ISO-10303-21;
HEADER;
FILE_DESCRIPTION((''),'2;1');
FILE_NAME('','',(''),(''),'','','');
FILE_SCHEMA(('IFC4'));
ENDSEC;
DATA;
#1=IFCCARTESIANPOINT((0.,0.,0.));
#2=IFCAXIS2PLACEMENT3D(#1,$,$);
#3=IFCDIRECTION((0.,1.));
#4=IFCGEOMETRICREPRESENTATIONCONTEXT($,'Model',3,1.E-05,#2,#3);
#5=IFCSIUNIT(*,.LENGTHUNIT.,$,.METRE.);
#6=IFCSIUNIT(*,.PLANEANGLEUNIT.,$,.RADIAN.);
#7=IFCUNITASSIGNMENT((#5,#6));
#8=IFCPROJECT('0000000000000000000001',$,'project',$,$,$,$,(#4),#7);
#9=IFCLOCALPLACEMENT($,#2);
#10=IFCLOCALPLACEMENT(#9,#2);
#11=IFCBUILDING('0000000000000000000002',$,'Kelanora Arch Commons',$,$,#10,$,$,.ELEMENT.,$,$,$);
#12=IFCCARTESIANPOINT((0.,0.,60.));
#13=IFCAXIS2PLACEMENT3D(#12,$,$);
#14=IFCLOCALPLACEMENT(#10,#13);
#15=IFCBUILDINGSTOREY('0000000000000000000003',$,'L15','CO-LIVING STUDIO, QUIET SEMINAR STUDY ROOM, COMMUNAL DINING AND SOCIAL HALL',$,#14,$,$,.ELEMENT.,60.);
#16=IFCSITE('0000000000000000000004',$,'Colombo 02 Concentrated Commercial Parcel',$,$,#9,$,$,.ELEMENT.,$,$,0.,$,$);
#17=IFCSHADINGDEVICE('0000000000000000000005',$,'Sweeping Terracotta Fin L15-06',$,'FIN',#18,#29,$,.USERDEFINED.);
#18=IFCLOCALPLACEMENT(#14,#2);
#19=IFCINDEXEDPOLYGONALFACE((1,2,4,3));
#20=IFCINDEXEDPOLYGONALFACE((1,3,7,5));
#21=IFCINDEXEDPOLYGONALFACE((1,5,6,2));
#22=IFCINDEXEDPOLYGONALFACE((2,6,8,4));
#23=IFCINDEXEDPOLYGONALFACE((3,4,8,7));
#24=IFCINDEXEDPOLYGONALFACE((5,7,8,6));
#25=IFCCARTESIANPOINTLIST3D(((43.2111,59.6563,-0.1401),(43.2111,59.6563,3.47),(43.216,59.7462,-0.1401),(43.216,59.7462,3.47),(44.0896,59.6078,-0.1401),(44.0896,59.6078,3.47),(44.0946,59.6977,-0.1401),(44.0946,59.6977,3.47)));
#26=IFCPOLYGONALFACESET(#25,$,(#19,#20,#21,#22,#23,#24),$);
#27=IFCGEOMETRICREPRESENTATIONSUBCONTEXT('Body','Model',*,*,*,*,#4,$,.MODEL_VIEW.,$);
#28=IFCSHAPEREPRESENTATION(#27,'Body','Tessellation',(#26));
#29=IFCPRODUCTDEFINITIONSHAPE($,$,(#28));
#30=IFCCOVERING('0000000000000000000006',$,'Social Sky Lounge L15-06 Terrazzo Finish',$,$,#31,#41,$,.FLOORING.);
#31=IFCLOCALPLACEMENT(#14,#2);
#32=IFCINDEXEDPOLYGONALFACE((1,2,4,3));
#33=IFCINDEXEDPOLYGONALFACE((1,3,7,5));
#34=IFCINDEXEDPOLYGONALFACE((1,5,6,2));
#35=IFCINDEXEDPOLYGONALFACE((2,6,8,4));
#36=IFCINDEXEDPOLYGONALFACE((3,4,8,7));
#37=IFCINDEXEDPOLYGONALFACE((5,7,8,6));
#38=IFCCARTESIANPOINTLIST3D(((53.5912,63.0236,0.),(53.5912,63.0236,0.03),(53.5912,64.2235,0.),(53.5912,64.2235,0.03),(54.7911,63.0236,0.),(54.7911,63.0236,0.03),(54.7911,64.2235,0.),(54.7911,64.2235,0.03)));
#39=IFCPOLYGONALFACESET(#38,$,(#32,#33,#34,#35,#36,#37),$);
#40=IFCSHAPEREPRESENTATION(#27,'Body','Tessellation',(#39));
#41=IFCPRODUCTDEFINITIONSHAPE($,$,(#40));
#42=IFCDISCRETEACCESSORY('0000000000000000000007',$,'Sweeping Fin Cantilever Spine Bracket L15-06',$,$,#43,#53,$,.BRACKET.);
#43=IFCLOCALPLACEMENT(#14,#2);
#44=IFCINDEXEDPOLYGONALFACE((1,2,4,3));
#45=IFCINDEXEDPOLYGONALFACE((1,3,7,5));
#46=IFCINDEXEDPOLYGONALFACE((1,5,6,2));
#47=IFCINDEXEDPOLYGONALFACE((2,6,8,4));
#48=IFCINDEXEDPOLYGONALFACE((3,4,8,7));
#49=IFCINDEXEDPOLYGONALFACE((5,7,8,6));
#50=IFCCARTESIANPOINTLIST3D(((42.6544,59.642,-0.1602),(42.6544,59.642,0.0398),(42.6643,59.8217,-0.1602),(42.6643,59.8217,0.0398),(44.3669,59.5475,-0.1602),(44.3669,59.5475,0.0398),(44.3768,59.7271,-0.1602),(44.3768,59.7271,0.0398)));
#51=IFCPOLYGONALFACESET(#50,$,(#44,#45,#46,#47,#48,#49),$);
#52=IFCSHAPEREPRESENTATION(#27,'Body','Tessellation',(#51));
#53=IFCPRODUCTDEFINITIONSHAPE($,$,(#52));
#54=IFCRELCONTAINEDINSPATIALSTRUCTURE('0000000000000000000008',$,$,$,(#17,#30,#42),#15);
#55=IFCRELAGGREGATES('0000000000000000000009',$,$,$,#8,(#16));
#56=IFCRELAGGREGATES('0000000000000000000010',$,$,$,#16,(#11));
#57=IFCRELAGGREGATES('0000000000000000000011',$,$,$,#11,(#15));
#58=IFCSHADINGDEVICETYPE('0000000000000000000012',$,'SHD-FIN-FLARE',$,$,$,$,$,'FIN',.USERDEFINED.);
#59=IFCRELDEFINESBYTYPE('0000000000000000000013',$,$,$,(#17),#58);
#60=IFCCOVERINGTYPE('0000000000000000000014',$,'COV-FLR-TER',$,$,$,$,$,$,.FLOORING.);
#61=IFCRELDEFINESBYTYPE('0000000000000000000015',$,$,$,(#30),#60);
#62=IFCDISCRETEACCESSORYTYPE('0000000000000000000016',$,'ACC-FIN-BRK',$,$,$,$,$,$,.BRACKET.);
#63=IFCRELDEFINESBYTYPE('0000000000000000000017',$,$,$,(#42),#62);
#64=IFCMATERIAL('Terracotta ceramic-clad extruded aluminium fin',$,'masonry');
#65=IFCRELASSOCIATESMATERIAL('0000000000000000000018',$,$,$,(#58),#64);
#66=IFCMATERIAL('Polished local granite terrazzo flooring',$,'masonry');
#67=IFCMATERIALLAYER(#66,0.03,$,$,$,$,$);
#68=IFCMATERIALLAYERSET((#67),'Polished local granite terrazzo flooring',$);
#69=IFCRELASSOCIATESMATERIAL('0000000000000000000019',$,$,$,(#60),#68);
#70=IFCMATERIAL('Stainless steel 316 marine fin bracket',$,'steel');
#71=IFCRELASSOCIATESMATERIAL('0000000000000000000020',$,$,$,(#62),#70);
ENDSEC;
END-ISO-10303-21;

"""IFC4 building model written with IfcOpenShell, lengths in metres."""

from ifc_helpers import new_model, si_unit, direction, frame, origin, origin_2d, place, context, subcontext, project, spatial, rectangle, extrude, source, transform, mapped, material, layer, layer_set, type_object, element, save


model = new_model("IFC4")

# Units and contexts
model_context = context("Model", 3, precision=1e-05, world=origin(), true_north=direction((0.0, 1.0)))
body_context = subcontext(model_context, "Body", "Model", "MODEL_VIEW")
ifc_project = project(units=[si_unit("LENGTHUNIT", "METRE"), si_unit("PLANEANGLEUNIT", "RADIAN")], contexts=[model_context])

# Site, building, storey
site_placement = place(None, origin())
site = spatial("IfcSite", under=ifc_project, at=site_placement, Name="Colombo 02 Concentrated Commercial Parcel", CompositionType="ELEMENT", RefElevation=0.0)
building_placement = place(site_placement, origin())
building = spatial("IfcBuilding", under=site, at=building_placement, Name="Kelanora Arch Commons", CompositionType="ELEMENT")
storey_placement = place(building_placement, frame((0.0, 0.0, 60.0)))
storey = spatial("IfcBuildingStorey", under=building, at=storey_placement, Name="L15", Description="CO-LIVING STUDIO, QUIET SEMINAR STUDY ROOM, COMMUNAL DINING AND SOCIAL HALL", CompositionType="ELEMENT", Elevation=60.0)

# Shading device
ifc_material_1 = material(Name="Terracotta ceramic-clad extruded aluminium fin", Category="masonry")
shading_device_type = type_object("IfcShadingDeviceType", Name="SHD-FIN-FLARE", ElementType="FIN", PredefinedType="USERDEFINED", material=ifc_material_1)
shared_shape_1 = source(origin(), body_context, "Body", "SweptSolid", [
    extrude(rectangle(XDim=0.8799, YDim=0.0901, at=origin_2d()), origin(), (0.0, 0.0, 1.0), 3.6101),
])
shading_device_placement = place(storey_placement, frame((43.6528, 59.677, -0.1401), z_axis=(0.0, 0.0, 1.0), x_axis=(-0.998479, 0.055124, 0.0)))
element("IfcShadingDevice", 1, at=shading_device_placement, inside=storey, type_object=shading_device_type, Name="Sweeping Terracotta Fin L15-06", ObjectType="FIN", PredefinedType="USERDEFINED", context=body_context, shape_type="MappedRepresentation", body=[
    mapped(shared_shape_1, transform((0.0, 0.0, 0.0), scale=1.0)),
])

# Covering
ifc_material_2 = material(Name="Polished local granite terrazzo flooring", Category="masonry")
ifc_layer_1 = layer(ifc_material_2, 0.03)
ifc_layer_set_1 = layer_set([ifc_layer_1], Name="Polished local granite terrazzo flooring")
covering_type = type_object("IfcCoveringType", Name="COV-FLR-TER", PredefinedType="FLOORING", material=ifc_layer_set_1)
shared_shape_2 = source(origin(), body_context, "Body", "SweptSolid", [
    extrude(rectangle(XDim=1.2, YDim=1.2, at=origin_2d()), origin(), (0.0, 0.0, 1.0), 0.03),
])
covering_placement = place(storey_placement, frame((54.1912, 63.6235, 0.0), z_axis=(0.0, 0.0, 1.0), x_axis=(1.0, 0.0, 0.0)))
element("IfcCovering", 2, at=covering_placement, inside=storey, type_object=covering_type, Name="Social Sky Lounge L15-06 Terrazzo Finish", PredefinedType="FLOORING", context=body_context, shape_type="MappedRepresentation", body=[
    mapped(shared_shape_2, transform((0.0, 0.0, 0.0), scale=1.0)),
])

# Discrete accessory
ifc_material_3 = material(Name="Stainless steel 316 marine fin bracket", Category="steel")
discrete_accessory_type = type_object("IfcDiscreteAccessoryType", Name="ACC-FIN-BRK", PredefinedType="BRACKET", material=ifc_material_3)
shared_shape_3 = source(origin(), body_context, "Body", "SweptSolid", [
    extrude(rectangle(XDim=1.7151, YDim=0.1799, at=origin_2d()), origin(), (0.0, 0.0, 1.0), 0.2),
])
discrete_accessory_placement = place(storey_placement, frame((43.5156, 59.6846, -0.1602), z_axis=(0.0, 0.0, 1.0), x_axis=(-0.998479, 0.055124, 0.0)))
element("IfcDiscreteAccessory", 3, at=discrete_accessory_placement, inside=storey, type_object=discrete_accessory_type, Name="Sweeping Fin Cantilever Spine Bracket L15-06", PredefinedType="BRACKET", context=body_context, shape_type="MappedRepresentation", body=[
    mapped(shared_shape_3, transform((0.0, 0.0, 0.0), scale=1.0)),
])

save(model, "model.ifc")
